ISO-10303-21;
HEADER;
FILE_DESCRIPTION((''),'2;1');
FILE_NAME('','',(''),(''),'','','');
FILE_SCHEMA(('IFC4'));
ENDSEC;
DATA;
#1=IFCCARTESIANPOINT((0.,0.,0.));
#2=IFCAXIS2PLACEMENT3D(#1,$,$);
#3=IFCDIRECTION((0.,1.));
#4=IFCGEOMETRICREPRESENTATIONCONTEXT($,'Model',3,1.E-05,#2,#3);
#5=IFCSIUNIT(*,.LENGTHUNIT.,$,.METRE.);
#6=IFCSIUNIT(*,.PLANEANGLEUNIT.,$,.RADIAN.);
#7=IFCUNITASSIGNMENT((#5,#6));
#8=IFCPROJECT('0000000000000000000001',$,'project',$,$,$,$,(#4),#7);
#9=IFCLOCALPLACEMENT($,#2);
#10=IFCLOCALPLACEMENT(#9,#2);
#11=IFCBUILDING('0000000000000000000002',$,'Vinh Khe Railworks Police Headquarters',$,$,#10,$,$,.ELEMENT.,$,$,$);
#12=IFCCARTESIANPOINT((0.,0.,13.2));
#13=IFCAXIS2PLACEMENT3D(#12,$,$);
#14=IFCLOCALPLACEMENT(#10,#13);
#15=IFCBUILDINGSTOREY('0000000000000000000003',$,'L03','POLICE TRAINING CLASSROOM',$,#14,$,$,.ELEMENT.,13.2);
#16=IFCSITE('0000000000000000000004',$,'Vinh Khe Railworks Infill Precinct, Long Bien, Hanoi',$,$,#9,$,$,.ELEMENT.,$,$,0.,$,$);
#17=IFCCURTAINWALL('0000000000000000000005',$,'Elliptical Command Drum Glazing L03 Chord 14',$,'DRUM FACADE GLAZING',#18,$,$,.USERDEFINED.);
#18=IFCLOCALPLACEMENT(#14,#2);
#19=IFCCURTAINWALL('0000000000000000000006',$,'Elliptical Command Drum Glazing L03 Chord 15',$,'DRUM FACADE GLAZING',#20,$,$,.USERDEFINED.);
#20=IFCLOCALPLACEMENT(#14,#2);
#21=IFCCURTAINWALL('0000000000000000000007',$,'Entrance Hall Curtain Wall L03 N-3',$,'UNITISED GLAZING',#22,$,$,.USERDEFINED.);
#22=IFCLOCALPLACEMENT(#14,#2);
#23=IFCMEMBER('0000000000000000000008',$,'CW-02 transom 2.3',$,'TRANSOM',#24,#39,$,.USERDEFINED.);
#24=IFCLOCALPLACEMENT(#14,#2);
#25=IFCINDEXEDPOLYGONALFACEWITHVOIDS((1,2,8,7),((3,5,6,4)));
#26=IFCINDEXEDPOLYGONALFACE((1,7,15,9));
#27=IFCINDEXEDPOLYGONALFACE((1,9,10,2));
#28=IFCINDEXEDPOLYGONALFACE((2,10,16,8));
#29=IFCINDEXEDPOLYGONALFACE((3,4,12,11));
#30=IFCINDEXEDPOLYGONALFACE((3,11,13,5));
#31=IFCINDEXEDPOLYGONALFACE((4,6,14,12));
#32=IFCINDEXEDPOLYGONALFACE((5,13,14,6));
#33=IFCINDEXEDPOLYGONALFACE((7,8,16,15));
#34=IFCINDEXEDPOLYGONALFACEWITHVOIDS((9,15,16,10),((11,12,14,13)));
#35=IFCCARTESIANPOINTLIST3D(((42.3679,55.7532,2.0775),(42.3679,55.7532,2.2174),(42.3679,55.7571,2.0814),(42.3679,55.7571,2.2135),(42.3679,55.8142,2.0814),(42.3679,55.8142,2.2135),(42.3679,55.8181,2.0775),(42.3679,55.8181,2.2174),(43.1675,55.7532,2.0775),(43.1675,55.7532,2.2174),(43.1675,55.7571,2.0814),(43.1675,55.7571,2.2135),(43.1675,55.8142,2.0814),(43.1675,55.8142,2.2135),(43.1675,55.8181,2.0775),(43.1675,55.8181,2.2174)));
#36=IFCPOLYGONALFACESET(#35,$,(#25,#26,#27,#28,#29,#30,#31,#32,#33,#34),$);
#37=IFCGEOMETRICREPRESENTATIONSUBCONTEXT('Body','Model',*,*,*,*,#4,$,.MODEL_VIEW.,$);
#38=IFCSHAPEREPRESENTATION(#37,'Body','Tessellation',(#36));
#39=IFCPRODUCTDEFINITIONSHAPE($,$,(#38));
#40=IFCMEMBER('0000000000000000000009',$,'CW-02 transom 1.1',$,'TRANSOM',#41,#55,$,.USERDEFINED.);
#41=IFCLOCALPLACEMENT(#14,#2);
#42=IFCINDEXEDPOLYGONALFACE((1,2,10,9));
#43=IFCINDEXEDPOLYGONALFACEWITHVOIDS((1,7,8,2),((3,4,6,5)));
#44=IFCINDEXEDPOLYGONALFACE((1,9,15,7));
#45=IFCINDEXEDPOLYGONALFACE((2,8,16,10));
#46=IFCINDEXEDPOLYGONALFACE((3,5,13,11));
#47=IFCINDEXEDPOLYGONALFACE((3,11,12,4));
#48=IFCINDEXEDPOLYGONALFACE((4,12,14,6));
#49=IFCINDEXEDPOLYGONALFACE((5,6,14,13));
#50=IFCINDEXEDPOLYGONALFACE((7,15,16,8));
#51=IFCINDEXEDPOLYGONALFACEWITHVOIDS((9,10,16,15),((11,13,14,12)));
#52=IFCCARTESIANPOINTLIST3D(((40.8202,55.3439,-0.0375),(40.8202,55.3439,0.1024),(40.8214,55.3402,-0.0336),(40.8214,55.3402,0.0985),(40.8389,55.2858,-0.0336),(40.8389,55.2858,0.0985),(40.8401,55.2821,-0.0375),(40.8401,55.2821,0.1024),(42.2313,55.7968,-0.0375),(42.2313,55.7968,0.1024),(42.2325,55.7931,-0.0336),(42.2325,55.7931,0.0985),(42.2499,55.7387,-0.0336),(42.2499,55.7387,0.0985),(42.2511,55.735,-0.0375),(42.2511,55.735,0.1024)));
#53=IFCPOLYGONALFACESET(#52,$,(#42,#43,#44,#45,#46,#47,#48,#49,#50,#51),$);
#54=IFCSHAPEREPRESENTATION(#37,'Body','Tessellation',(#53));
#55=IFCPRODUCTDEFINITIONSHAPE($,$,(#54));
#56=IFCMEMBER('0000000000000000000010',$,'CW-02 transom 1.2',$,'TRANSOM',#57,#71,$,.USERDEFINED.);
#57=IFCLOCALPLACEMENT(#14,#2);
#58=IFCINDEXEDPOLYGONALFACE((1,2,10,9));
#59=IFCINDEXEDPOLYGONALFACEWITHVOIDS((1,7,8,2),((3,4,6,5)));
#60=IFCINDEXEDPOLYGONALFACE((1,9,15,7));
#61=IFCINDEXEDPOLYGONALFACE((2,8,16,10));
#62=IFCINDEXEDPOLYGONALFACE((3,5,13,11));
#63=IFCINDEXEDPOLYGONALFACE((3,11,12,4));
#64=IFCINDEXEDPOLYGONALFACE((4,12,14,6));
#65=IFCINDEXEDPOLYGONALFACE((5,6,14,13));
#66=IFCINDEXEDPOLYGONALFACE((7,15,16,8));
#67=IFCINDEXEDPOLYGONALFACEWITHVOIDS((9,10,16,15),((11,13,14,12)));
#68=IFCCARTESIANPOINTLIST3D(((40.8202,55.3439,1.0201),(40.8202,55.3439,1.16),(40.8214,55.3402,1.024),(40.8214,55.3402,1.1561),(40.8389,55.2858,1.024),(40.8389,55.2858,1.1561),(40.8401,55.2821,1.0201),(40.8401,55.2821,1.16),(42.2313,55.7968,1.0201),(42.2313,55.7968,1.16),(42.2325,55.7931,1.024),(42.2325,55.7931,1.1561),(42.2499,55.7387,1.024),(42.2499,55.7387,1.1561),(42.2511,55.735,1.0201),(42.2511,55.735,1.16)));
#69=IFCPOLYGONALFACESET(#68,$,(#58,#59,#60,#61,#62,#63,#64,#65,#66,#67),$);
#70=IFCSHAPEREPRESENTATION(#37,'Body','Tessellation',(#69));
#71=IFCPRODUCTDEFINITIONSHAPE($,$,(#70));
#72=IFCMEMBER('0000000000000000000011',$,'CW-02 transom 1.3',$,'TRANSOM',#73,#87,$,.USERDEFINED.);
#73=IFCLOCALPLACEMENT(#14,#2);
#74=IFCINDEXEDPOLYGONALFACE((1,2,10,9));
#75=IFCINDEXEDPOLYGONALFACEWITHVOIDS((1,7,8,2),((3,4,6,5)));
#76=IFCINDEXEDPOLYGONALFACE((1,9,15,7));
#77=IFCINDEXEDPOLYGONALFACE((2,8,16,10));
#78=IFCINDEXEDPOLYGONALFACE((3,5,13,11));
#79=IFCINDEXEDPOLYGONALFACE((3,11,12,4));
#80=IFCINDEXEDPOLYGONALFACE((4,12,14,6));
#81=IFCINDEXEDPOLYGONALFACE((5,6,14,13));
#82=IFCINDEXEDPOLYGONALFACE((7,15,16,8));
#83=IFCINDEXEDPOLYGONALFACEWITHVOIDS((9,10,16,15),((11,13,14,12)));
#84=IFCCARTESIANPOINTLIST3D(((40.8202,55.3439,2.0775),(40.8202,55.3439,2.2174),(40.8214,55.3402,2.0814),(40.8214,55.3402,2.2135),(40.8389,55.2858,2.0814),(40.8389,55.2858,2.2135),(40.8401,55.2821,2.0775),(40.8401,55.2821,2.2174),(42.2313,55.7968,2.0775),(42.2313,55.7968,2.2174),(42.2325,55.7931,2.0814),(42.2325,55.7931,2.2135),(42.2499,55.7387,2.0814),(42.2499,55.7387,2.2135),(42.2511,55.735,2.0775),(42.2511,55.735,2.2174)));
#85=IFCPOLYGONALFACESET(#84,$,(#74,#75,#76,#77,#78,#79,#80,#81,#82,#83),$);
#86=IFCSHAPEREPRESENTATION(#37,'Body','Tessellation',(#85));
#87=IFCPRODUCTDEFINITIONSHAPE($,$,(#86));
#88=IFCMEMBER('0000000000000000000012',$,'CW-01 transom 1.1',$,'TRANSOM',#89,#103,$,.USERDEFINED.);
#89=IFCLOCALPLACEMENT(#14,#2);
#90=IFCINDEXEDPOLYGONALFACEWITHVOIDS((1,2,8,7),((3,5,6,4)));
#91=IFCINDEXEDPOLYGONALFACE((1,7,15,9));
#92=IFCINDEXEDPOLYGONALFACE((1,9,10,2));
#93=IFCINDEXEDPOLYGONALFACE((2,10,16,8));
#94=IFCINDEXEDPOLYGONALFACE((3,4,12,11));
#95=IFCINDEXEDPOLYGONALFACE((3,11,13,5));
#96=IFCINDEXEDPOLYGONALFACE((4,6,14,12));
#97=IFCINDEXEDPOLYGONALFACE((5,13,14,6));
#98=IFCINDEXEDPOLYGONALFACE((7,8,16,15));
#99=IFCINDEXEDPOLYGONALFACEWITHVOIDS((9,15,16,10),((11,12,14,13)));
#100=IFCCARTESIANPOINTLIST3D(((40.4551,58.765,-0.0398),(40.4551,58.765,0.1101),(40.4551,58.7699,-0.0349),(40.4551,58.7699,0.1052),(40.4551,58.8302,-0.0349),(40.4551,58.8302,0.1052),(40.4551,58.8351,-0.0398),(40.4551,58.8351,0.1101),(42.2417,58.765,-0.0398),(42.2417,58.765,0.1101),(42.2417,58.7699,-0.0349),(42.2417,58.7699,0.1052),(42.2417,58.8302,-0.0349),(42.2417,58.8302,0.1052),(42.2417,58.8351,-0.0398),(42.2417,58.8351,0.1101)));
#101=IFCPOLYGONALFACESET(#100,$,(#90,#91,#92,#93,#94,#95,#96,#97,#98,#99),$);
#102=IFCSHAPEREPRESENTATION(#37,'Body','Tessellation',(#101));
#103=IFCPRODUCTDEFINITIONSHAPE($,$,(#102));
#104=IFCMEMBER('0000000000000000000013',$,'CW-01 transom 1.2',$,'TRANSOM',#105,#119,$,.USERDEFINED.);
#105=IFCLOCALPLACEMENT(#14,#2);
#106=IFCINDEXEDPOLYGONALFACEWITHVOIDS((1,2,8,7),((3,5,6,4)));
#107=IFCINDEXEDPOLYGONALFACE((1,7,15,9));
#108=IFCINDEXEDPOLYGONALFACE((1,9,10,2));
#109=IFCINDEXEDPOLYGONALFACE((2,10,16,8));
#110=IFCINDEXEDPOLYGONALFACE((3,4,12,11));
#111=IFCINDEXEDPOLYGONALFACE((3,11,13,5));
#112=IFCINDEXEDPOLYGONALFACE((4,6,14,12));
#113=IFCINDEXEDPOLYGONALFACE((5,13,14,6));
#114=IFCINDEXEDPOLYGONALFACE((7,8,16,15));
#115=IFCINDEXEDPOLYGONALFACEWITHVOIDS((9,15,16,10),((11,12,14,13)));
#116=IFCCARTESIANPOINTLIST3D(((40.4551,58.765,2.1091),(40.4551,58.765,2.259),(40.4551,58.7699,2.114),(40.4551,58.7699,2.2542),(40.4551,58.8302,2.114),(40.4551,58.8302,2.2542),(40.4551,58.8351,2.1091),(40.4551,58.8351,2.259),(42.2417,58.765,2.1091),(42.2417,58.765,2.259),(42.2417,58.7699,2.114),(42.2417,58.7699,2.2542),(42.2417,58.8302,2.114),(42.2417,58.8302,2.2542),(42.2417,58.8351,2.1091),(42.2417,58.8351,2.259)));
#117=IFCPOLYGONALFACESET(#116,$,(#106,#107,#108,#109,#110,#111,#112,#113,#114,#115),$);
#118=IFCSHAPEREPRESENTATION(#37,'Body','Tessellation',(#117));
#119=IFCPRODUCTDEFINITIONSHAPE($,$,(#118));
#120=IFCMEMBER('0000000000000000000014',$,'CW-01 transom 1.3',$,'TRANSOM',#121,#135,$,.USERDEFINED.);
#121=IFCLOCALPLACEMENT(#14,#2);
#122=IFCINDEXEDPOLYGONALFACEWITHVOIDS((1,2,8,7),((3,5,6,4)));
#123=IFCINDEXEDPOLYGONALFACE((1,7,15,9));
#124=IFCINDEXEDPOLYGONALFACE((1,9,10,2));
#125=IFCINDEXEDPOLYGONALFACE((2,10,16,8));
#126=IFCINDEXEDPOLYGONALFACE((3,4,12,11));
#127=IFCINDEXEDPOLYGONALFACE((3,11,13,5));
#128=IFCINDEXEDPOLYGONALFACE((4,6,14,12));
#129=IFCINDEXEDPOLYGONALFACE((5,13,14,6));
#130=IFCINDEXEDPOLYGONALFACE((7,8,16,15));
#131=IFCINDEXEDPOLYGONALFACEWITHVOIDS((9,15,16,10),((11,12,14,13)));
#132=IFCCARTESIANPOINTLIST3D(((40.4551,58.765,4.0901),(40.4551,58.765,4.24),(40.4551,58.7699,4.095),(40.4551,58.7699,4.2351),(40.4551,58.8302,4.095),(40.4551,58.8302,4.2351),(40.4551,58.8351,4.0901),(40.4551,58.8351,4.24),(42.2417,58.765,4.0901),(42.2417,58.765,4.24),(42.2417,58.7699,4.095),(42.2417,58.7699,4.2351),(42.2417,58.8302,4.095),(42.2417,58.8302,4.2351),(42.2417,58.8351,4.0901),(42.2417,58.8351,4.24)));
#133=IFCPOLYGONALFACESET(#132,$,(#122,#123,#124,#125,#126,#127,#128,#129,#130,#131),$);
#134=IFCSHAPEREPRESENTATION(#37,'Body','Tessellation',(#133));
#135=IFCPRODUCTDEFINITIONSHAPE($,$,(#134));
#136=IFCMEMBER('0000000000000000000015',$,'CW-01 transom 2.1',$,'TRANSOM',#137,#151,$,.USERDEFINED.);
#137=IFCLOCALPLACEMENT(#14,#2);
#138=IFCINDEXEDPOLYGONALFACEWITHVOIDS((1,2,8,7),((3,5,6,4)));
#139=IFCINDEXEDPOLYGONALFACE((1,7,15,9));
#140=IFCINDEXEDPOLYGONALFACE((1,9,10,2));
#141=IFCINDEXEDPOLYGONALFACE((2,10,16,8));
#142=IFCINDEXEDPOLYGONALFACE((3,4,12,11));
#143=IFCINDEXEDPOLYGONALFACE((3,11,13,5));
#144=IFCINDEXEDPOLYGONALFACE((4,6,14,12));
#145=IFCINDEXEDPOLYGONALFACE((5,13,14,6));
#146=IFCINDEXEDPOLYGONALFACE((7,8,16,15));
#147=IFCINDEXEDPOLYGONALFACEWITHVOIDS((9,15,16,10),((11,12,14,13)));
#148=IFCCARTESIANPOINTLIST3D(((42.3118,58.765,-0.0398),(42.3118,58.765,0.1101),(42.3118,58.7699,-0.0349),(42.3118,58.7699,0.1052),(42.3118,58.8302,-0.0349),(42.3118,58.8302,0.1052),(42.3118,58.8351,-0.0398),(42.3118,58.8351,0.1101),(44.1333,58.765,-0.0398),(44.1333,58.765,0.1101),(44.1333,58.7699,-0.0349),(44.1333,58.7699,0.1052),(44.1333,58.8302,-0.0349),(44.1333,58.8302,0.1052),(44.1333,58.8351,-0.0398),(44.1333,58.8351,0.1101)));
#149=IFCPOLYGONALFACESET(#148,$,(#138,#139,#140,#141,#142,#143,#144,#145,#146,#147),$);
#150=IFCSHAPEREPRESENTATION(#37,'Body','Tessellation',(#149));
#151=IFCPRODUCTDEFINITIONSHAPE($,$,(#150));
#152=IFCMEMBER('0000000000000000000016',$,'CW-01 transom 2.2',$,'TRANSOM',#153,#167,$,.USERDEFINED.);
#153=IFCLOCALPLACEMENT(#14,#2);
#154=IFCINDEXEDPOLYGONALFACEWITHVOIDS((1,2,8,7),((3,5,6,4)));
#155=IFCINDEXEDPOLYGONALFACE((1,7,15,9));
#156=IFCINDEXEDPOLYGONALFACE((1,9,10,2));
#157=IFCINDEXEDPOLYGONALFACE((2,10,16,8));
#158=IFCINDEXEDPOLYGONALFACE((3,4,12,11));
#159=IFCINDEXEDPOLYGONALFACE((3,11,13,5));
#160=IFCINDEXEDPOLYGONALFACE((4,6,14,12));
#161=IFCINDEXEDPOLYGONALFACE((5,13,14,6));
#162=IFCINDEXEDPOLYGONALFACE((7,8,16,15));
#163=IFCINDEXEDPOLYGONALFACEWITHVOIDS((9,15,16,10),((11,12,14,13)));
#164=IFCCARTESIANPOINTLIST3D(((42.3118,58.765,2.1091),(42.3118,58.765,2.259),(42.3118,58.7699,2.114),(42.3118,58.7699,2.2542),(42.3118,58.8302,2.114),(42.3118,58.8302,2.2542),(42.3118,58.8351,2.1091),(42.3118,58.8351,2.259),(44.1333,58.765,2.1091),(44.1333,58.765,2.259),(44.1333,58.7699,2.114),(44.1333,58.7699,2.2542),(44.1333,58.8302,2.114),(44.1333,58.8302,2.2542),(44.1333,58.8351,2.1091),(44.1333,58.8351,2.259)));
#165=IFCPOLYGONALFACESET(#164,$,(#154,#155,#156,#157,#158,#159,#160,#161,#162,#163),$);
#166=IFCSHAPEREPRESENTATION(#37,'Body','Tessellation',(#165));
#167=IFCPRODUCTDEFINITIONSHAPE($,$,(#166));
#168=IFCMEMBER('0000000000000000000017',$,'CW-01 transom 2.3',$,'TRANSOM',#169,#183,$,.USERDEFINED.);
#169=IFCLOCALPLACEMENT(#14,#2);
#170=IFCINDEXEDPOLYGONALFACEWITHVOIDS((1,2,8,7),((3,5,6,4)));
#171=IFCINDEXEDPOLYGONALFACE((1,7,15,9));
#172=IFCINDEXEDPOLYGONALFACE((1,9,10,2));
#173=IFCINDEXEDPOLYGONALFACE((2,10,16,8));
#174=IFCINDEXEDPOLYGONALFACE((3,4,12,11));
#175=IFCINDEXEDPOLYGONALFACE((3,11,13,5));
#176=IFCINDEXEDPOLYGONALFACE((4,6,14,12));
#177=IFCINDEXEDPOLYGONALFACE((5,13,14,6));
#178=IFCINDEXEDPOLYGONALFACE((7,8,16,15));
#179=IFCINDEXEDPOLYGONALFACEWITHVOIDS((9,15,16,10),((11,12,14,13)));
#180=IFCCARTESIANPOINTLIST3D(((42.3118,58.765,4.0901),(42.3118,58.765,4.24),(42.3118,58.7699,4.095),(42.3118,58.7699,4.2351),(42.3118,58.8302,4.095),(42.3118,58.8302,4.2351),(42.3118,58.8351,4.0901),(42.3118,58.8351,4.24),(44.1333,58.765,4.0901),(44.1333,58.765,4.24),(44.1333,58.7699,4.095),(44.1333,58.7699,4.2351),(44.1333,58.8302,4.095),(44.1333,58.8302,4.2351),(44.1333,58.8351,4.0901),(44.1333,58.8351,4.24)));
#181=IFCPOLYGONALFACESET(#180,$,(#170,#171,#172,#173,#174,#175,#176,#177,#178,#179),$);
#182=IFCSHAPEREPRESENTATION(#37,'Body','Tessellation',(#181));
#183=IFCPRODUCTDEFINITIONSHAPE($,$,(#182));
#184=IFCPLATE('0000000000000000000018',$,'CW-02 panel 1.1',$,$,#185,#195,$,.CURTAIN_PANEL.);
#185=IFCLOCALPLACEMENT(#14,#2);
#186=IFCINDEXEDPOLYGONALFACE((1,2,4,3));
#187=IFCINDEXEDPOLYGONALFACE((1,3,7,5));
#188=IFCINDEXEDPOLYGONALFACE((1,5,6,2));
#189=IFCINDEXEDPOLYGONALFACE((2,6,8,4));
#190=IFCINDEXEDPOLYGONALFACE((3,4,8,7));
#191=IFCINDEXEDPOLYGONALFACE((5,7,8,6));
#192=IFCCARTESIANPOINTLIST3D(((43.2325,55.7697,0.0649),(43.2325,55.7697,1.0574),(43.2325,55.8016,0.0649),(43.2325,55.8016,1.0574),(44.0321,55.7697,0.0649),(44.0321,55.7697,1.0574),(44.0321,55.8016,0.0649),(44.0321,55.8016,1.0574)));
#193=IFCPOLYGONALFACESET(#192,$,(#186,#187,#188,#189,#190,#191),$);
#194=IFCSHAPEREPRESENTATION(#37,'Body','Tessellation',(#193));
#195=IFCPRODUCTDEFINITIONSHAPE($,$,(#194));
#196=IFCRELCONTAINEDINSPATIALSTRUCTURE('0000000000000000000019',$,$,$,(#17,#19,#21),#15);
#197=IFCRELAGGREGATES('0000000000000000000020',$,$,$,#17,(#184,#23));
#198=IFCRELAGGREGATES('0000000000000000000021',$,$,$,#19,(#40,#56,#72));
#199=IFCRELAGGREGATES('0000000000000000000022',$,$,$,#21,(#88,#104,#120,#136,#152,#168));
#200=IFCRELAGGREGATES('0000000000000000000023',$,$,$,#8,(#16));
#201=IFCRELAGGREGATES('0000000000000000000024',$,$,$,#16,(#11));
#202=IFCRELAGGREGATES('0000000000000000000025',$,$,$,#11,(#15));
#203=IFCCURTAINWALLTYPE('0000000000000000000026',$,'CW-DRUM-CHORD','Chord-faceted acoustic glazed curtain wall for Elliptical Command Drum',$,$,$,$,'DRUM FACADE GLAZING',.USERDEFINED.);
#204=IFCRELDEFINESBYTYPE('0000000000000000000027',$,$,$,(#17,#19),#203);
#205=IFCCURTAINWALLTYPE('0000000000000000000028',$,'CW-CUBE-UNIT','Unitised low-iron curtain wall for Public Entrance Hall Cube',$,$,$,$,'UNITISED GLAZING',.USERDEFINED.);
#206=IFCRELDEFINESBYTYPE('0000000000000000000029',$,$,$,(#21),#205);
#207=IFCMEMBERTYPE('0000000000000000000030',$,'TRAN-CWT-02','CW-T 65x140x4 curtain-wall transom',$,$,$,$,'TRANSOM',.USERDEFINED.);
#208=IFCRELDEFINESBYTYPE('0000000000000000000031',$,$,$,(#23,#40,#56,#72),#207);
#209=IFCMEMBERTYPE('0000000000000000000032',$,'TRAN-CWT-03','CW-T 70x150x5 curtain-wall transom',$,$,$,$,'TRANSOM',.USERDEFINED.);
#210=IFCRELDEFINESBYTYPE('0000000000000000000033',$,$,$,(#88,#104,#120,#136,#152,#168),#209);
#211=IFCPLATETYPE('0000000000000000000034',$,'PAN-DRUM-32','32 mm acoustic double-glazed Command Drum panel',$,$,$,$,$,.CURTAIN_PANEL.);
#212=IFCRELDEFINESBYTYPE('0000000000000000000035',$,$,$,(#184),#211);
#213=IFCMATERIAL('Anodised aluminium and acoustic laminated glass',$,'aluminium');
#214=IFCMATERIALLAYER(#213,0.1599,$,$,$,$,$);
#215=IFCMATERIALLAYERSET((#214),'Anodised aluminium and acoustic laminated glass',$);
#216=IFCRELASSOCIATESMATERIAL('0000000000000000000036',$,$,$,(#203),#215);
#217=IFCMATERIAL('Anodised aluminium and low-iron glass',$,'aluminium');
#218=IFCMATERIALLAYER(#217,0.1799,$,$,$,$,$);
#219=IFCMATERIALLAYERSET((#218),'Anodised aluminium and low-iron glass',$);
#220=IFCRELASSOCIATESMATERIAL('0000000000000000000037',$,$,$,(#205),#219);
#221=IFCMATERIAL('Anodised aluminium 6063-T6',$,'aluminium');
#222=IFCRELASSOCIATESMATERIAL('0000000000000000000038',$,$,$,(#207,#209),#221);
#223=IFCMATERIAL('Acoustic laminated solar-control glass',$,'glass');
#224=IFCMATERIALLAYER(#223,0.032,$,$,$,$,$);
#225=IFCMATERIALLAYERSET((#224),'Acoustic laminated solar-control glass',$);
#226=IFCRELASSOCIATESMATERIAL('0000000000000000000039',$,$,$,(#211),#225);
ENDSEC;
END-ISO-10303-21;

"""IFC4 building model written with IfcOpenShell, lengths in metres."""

from ifc_helpers import new_model, si_unit, direction, frame, origin, origin_2d, place, context, subcontext, project, spatial, rectangle, hollow_rectangle, extrude, material, layer, layer_set, material_profile, profile_set, type_object, element, aggregate, save


model = new_model("IFC4")

# Units and contexts
model_context = context("Model", 3, precision=1e-05, world=origin(), true_north=direction((0.0, 1.0)))
body_context = subcontext(model_context, "Body", "Model", "MODEL_VIEW")
ifc_project = project(units=[si_unit("LENGTHUNIT", "METRE"), si_unit("PLANEANGLEUNIT", "RADIAN")], contexts=[model_context])

# Site, building, storey
site_placement = place(None, origin())
site = spatial("IfcSite", under=ifc_project, at=site_placement, Name="Vinh Khe Railworks Infill Precinct, Long Bien, Hanoi", CompositionType="ELEMENT", RefElevation=0.0)
building_placement = place(site_placement, origin())
building = spatial("IfcBuilding", under=site, at=building_placement, Name="Vinh Khe Railworks Police Headquarters", CompositionType="ELEMENT")
storey_placement = place(building_placement, frame((0.0, 0.0, 13.2)))
storey = spatial("IfcBuildingStorey", under=building, at=storey_placement, Name="L03", Description="POLICE TRAINING CLASSROOM", CompositionType="ELEMENT", Elevation=13.2)

# Shared definitions
ifc_material_1 = material(Name="Anodised aluminium and acoustic laminated glass", Category="aluminium")
ifc_layer_1 = layer(ifc_material_1, 0.1599)
ifc_layer_set_1 = layer_set([ifc_layer_1], Name="Anodised aluminium and acoustic laminated glass")
curtain_wall_type_1 = type_object("IfcCurtainWallType", Name="CW-DRUM-CHORD", Description="Chord-faceted acoustic glazed curtain wall for Elliptical Command Drum", ElementType="DRUM FACADE GLAZING", PredefinedType="USERDEFINED", material=ifc_layer_set_1)
ifc_material_2 = material(Name="Anodised aluminium 6063-T6", Category="aluminium")

# Curtain wall
curtain_wall_1_placement = place(storey_placement, origin())
curtain_wall_1 = element("IfcCurtainWall", 1, at=curtain_wall_1_placement, inside=storey, type_object=curtain_wall_type_1, Name="Elliptical Command Drum Glazing L03 Chord 14", ObjectType="DRUM FACADE GLAZING", PredefinedType="USERDEFINED")

# Curtain walls
curtain_wall_2_placement = place(storey_placement, origin())
curtain_wall_2 = element("IfcCurtainWall", 2, at=curtain_wall_2_placement, inside=storey, type_object=curtain_wall_type_1, Name="Elliptical Command Drum Glazing L03 Chord 15", ObjectType="DRUM FACADE GLAZING", PredefinedType="USERDEFINED")
ifc_material_3 = material(Name="Anodised aluminium and low-iron glass", Category="aluminium")
ifc_layer_2 = layer(ifc_material_3, 0.1799)
ifc_layer_set_2 = layer_set([ifc_layer_2], Name="Anodised aluminium and low-iron glass")
curtain_wall_type_2 = type_object("IfcCurtainWallType", Name="CW-CUBE-UNIT", Description="Unitised low-iron curtain wall for Public Entrance Hall Cube", ElementType="UNITISED GLAZING", PredefinedType="USERDEFINED", material=ifc_layer_set_2)
curtain_wall_3_placement = place(storey_placement, origin())
curtain_wall_3 = element("IfcCurtainWall", 3, at=curtain_wall_3_placement, inside=storey, type_object=curtain_wall_type_2, Name="Entrance Hall Curtain Wall L03 N-3", ObjectType="UNITISED GLAZING", PredefinedType="USERDEFINED")

# Members
ifc_material_profile_1 = material_profile(ifc_material_2, hollow_rectangle(XDim=0.0649, YDim=0.1399, WallThickness=0.0039, at=origin_2d()), Name="CW-T 65x140x4")
ifc_profile_set_1 = profile_set([ifc_material_profile_1], Name="Anodised aluminium 6063-T6")
member_type_1 = type_object("IfcMemberType", Name="TRAN-CWT-02", Description="CW-T 65x140x4 curtain-wall transom", ElementType="TRANSOM", PredefinedType="USERDEFINED", material=ifc_profile_set_1)
member_1_placement = place(storey_placement, frame((43.1675, 55.7856, 2.1475), z_axis=(-1.0, 0.0, 0.0), x_axis=(0.0, -1.0, 0.0)))
member_1 = element("IfcMember", 4, at=member_1_placement, type_object=member_type_1, Name="CW-02 transom 2.3", ObjectType="TRANSOM", PredefinedType="USERDEFINED", context=body_context, shape_type="SweptSolid", body=[
    extrude(hollow_rectangle(XDim=0.0649, YDim=0.1399, WallThickness=0.0039, at=origin_2d()), origin(), (0.0, 0.0, 1.0), 0.7996),
])
member_2_placement = place(storey_placement, frame((42.2412, 55.7659, 0.0325), z_axis=(-0.952166, -0.305583, 0.0), x_axis=(0.305583, -0.952166, 0.0)))
member_2 = element("IfcMember", 5, at=member_2_placement, type_object=member_type_1, Name="CW-02 transom 1.1", ObjectType="TRANSOM", PredefinedType="USERDEFINED", context=body_context, shape_type="SweptSolid", body=[
    extrude(hollow_rectangle(XDim=0.0649, YDim=0.1399, WallThickness=0.0039, at=origin_2d()), origin(), (0.0, 0.0, 1.0), 1.4819),
])
member_3_placement = place(storey_placement, frame((42.2412, 55.7659, 1.0901), z_axis=(-0.952166, -0.305583, 0.0), x_axis=(0.305583, -0.952166, 0.0)))
member_3 = element("IfcMember", 6, at=member_3_placement, type_object=member_type_1, Name="CW-02 transom 1.2", ObjectType="TRANSOM", PredefinedType="USERDEFINED", context=body_context, shape_type="SweptSolid", body=[
    extrude(hollow_rectangle(XDim=0.0649, YDim=0.1399, WallThickness=0.0039, at=origin_2d()), origin(), (0.0, 0.0, 1.0), 1.4819),
])
member_4_placement = place(storey_placement, frame((42.2412, 55.7659, 2.1475), z_axis=(-0.952166, -0.305583, 0.0), x_axis=(0.305583, -0.952166, 0.0)))
member_4 = element("IfcMember", 7, at=member_4_placement, type_object=member_type_1, Name="CW-02 transom 1.3", ObjectType="TRANSOM", PredefinedType="USERDEFINED", context=body_context, shape_type="SweptSolid", body=[
    extrude(hollow_rectangle(XDim=0.0649, YDim=0.1399, WallThickness=0.0039, at=origin_2d()), origin(), (0.0, 0.0, 1.0), 1.4819),
])
ifc_material_profile_2 = material_profile(ifc_material_2, hollow_rectangle(XDim=0.0701, YDim=0.1499, WallThickness=0.0049, at=origin_2d()), Name="CW-T 70x150x5")
ifc_profile_set_2 = profile_set([ifc_material_profile_2], Name="Anodised aluminium 6063-T6")
member_type_2 = type_object("IfcMemberType", Name="TRAN-CWT-03", Description="CW-T 70x150x5 curtain-wall transom", ElementType="TRANSOM", PredefinedType="USERDEFINED", material=ifc_profile_set_2)
member_5_placement = place(storey_placement, frame((40.4551, 58.8, 0.0352), z_axis=(1.0, 0.0, 0.0), x_axis=(0.0, 1.0, 0.0)))
member_5 = element("IfcMember", 8, at=member_5_placement, type_object=member_type_2, Name="CW-01 transom 1.1", ObjectType="TRANSOM", PredefinedType="USERDEFINED", context=body_context, shape_type="SweptSolid", body=[
    extrude(hollow_rectangle(XDim=0.0701, YDim=0.1499, WallThickness=0.0049, at=origin_2d()), origin(), (0.0, 0.0, 1.0), 1.7866),
])
member_6_placement = place(storey_placement, frame((40.4551, 58.8, 2.1841), z_axis=(1.0, 0.0, 0.0), x_axis=(0.0, 1.0, 0.0)))
member_6 = element("IfcMember", 9, at=member_6_placement, type_object=member_type_2, Name="CW-01 transom 1.2", ObjectType="TRANSOM", PredefinedType="USERDEFINED", context=body_context, shape_type="SweptSolid", body=[
    extrude(hollow_rectangle(XDim=0.0701, YDim=0.1499, WallThickness=0.0049, at=origin_2d()), origin(), (0.0, 0.0, 1.0), 1.7866),
])
member_7_placement = place(storey_placement, frame((40.4551, 58.8, 4.165), z_axis=(1.0, 0.0, 0.0), x_axis=(0.0, 1.0, 0.0)))
member_7 = element("IfcMember", 10, at=member_7_placement, type_object=member_type_2, Name="CW-01 transom 1.3", ObjectType="TRANSOM", PredefinedType="USERDEFINED", context=body_context, shape_type="SweptSolid", body=[
    extrude(hollow_rectangle(XDim=0.0701, YDim=0.1499, WallThickness=0.0049, at=origin_2d()), origin(), (0.0, 0.0, 1.0), 1.7866),
])
member_8_placement = place(storey_placement, frame((42.3118, 58.8, 0.0352), z_axis=(1.0, 0.0, 0.0), x_axis=(0.0, 1.0, 0.0)))
member_8 = element("IfcMember", 11, at=member_8_placement, type_object=member_type_2, Name="CW-01 transom 2.1", ObjectType="TRANSOM", PredefinedType="USERDEFINED", context=body_context, shape_type="SweptSolid", body=[
    extrude(hollow_rectangle(XDim=0.0701, YDim=0.1499, WallThickness=0.0049, at=origin_2d()), origin(), (0.0, 0.0, 1.0), 1.8215),
])
member_9_placement = place(storey_placement, frame((42.3118, 58.8, 2.1841), z_axis=(1.0, 0.0, 0.0), x_axis=(0.0, 1.0, 0.0)))
member_9 = element("IfcMember", 12, at=member_9_placement, type_object=member_type_2, Name="CW-01 transom 2.2", ObjectType="TRANSOM", PredefinedType="USERDEFINED", context=body_context, shape_type="SweptSolid", body=[
    extrude(hollow_rectangle(XDim=0.0701, YDim=0.1499, WallThickness=0.0049, at=origin_2d()), origin(), (0.0, 0.0, 1.0), 1.8215),
])
member_10_placement = place(storey_placement, frame((42.3118, 58.8, 4.165), z_axis=(1.0, 0.0, 0.0), x_axis=(0.0, 1.0, 0.0)))
member_10 = element("IfcMember", 13, at=member_10_placement, type_object=member_type_2, Name="CW-01 transom 2.3", ObjectType="TRANSOM", PredefinedType="USERDEFINED", context=body_context, shape_type="SweptSolid", body=[
    extrude(hollow_rectangle(XDim=0.0701, YDim=0.1499, WallThickness=0.0049, at=origin_2d()), origin(), (0.0, 0.0, 1.0), 1.8215),
])

# Plate
ifc_material_4 = material(Name="Acoustic laminated solar-control glass", Category="glass")
ifc_layer_3 = layer(ifc_material_4, 0.032)
ifc_layer_set_3 = layer_set([ifc_layer_3], Name="Acoustic laminated solar-control glass")
plate_type_1 = type_object("IfcPlateType", Name="PAN-DRUM-32", Description="32 mm acoustic double-glazed Command Drum panel", PredefinedType="CURTAIN_PANEL", material=ifc_layer_set_3)
plate_1_placement = place(storey_placement, frame((43.6323, 55.7856, 0.0649), z_axis=(0.0, 0.0, 1.0), x_axis=(-1.0, 0.0, 0.0)))
plate_1 = element("IfcPlate", 14, at=plate_1_placement, type_object=plate_type_1, Name="CW-02 panel 1.1", PredefinedType="CURTAIN_PANEL", context=body_context, shape_type="SweptSolid", body=[
    extrude(rectangle(XDim=0.7996, YDim=0.032, at=origin_2d()), origin(), (0.0, 0.0, 1.0), 0.9924),
])
aggregate(curtain_wall_1, [plate_1, member_1])
aggregate(curtain_wall_2, [member_2, member_3, member_4])
aggregate(curtain_wall_3, [member_5, member_6, member_7, member_8, member_9, member_10])

save(model, "model.ifc")
